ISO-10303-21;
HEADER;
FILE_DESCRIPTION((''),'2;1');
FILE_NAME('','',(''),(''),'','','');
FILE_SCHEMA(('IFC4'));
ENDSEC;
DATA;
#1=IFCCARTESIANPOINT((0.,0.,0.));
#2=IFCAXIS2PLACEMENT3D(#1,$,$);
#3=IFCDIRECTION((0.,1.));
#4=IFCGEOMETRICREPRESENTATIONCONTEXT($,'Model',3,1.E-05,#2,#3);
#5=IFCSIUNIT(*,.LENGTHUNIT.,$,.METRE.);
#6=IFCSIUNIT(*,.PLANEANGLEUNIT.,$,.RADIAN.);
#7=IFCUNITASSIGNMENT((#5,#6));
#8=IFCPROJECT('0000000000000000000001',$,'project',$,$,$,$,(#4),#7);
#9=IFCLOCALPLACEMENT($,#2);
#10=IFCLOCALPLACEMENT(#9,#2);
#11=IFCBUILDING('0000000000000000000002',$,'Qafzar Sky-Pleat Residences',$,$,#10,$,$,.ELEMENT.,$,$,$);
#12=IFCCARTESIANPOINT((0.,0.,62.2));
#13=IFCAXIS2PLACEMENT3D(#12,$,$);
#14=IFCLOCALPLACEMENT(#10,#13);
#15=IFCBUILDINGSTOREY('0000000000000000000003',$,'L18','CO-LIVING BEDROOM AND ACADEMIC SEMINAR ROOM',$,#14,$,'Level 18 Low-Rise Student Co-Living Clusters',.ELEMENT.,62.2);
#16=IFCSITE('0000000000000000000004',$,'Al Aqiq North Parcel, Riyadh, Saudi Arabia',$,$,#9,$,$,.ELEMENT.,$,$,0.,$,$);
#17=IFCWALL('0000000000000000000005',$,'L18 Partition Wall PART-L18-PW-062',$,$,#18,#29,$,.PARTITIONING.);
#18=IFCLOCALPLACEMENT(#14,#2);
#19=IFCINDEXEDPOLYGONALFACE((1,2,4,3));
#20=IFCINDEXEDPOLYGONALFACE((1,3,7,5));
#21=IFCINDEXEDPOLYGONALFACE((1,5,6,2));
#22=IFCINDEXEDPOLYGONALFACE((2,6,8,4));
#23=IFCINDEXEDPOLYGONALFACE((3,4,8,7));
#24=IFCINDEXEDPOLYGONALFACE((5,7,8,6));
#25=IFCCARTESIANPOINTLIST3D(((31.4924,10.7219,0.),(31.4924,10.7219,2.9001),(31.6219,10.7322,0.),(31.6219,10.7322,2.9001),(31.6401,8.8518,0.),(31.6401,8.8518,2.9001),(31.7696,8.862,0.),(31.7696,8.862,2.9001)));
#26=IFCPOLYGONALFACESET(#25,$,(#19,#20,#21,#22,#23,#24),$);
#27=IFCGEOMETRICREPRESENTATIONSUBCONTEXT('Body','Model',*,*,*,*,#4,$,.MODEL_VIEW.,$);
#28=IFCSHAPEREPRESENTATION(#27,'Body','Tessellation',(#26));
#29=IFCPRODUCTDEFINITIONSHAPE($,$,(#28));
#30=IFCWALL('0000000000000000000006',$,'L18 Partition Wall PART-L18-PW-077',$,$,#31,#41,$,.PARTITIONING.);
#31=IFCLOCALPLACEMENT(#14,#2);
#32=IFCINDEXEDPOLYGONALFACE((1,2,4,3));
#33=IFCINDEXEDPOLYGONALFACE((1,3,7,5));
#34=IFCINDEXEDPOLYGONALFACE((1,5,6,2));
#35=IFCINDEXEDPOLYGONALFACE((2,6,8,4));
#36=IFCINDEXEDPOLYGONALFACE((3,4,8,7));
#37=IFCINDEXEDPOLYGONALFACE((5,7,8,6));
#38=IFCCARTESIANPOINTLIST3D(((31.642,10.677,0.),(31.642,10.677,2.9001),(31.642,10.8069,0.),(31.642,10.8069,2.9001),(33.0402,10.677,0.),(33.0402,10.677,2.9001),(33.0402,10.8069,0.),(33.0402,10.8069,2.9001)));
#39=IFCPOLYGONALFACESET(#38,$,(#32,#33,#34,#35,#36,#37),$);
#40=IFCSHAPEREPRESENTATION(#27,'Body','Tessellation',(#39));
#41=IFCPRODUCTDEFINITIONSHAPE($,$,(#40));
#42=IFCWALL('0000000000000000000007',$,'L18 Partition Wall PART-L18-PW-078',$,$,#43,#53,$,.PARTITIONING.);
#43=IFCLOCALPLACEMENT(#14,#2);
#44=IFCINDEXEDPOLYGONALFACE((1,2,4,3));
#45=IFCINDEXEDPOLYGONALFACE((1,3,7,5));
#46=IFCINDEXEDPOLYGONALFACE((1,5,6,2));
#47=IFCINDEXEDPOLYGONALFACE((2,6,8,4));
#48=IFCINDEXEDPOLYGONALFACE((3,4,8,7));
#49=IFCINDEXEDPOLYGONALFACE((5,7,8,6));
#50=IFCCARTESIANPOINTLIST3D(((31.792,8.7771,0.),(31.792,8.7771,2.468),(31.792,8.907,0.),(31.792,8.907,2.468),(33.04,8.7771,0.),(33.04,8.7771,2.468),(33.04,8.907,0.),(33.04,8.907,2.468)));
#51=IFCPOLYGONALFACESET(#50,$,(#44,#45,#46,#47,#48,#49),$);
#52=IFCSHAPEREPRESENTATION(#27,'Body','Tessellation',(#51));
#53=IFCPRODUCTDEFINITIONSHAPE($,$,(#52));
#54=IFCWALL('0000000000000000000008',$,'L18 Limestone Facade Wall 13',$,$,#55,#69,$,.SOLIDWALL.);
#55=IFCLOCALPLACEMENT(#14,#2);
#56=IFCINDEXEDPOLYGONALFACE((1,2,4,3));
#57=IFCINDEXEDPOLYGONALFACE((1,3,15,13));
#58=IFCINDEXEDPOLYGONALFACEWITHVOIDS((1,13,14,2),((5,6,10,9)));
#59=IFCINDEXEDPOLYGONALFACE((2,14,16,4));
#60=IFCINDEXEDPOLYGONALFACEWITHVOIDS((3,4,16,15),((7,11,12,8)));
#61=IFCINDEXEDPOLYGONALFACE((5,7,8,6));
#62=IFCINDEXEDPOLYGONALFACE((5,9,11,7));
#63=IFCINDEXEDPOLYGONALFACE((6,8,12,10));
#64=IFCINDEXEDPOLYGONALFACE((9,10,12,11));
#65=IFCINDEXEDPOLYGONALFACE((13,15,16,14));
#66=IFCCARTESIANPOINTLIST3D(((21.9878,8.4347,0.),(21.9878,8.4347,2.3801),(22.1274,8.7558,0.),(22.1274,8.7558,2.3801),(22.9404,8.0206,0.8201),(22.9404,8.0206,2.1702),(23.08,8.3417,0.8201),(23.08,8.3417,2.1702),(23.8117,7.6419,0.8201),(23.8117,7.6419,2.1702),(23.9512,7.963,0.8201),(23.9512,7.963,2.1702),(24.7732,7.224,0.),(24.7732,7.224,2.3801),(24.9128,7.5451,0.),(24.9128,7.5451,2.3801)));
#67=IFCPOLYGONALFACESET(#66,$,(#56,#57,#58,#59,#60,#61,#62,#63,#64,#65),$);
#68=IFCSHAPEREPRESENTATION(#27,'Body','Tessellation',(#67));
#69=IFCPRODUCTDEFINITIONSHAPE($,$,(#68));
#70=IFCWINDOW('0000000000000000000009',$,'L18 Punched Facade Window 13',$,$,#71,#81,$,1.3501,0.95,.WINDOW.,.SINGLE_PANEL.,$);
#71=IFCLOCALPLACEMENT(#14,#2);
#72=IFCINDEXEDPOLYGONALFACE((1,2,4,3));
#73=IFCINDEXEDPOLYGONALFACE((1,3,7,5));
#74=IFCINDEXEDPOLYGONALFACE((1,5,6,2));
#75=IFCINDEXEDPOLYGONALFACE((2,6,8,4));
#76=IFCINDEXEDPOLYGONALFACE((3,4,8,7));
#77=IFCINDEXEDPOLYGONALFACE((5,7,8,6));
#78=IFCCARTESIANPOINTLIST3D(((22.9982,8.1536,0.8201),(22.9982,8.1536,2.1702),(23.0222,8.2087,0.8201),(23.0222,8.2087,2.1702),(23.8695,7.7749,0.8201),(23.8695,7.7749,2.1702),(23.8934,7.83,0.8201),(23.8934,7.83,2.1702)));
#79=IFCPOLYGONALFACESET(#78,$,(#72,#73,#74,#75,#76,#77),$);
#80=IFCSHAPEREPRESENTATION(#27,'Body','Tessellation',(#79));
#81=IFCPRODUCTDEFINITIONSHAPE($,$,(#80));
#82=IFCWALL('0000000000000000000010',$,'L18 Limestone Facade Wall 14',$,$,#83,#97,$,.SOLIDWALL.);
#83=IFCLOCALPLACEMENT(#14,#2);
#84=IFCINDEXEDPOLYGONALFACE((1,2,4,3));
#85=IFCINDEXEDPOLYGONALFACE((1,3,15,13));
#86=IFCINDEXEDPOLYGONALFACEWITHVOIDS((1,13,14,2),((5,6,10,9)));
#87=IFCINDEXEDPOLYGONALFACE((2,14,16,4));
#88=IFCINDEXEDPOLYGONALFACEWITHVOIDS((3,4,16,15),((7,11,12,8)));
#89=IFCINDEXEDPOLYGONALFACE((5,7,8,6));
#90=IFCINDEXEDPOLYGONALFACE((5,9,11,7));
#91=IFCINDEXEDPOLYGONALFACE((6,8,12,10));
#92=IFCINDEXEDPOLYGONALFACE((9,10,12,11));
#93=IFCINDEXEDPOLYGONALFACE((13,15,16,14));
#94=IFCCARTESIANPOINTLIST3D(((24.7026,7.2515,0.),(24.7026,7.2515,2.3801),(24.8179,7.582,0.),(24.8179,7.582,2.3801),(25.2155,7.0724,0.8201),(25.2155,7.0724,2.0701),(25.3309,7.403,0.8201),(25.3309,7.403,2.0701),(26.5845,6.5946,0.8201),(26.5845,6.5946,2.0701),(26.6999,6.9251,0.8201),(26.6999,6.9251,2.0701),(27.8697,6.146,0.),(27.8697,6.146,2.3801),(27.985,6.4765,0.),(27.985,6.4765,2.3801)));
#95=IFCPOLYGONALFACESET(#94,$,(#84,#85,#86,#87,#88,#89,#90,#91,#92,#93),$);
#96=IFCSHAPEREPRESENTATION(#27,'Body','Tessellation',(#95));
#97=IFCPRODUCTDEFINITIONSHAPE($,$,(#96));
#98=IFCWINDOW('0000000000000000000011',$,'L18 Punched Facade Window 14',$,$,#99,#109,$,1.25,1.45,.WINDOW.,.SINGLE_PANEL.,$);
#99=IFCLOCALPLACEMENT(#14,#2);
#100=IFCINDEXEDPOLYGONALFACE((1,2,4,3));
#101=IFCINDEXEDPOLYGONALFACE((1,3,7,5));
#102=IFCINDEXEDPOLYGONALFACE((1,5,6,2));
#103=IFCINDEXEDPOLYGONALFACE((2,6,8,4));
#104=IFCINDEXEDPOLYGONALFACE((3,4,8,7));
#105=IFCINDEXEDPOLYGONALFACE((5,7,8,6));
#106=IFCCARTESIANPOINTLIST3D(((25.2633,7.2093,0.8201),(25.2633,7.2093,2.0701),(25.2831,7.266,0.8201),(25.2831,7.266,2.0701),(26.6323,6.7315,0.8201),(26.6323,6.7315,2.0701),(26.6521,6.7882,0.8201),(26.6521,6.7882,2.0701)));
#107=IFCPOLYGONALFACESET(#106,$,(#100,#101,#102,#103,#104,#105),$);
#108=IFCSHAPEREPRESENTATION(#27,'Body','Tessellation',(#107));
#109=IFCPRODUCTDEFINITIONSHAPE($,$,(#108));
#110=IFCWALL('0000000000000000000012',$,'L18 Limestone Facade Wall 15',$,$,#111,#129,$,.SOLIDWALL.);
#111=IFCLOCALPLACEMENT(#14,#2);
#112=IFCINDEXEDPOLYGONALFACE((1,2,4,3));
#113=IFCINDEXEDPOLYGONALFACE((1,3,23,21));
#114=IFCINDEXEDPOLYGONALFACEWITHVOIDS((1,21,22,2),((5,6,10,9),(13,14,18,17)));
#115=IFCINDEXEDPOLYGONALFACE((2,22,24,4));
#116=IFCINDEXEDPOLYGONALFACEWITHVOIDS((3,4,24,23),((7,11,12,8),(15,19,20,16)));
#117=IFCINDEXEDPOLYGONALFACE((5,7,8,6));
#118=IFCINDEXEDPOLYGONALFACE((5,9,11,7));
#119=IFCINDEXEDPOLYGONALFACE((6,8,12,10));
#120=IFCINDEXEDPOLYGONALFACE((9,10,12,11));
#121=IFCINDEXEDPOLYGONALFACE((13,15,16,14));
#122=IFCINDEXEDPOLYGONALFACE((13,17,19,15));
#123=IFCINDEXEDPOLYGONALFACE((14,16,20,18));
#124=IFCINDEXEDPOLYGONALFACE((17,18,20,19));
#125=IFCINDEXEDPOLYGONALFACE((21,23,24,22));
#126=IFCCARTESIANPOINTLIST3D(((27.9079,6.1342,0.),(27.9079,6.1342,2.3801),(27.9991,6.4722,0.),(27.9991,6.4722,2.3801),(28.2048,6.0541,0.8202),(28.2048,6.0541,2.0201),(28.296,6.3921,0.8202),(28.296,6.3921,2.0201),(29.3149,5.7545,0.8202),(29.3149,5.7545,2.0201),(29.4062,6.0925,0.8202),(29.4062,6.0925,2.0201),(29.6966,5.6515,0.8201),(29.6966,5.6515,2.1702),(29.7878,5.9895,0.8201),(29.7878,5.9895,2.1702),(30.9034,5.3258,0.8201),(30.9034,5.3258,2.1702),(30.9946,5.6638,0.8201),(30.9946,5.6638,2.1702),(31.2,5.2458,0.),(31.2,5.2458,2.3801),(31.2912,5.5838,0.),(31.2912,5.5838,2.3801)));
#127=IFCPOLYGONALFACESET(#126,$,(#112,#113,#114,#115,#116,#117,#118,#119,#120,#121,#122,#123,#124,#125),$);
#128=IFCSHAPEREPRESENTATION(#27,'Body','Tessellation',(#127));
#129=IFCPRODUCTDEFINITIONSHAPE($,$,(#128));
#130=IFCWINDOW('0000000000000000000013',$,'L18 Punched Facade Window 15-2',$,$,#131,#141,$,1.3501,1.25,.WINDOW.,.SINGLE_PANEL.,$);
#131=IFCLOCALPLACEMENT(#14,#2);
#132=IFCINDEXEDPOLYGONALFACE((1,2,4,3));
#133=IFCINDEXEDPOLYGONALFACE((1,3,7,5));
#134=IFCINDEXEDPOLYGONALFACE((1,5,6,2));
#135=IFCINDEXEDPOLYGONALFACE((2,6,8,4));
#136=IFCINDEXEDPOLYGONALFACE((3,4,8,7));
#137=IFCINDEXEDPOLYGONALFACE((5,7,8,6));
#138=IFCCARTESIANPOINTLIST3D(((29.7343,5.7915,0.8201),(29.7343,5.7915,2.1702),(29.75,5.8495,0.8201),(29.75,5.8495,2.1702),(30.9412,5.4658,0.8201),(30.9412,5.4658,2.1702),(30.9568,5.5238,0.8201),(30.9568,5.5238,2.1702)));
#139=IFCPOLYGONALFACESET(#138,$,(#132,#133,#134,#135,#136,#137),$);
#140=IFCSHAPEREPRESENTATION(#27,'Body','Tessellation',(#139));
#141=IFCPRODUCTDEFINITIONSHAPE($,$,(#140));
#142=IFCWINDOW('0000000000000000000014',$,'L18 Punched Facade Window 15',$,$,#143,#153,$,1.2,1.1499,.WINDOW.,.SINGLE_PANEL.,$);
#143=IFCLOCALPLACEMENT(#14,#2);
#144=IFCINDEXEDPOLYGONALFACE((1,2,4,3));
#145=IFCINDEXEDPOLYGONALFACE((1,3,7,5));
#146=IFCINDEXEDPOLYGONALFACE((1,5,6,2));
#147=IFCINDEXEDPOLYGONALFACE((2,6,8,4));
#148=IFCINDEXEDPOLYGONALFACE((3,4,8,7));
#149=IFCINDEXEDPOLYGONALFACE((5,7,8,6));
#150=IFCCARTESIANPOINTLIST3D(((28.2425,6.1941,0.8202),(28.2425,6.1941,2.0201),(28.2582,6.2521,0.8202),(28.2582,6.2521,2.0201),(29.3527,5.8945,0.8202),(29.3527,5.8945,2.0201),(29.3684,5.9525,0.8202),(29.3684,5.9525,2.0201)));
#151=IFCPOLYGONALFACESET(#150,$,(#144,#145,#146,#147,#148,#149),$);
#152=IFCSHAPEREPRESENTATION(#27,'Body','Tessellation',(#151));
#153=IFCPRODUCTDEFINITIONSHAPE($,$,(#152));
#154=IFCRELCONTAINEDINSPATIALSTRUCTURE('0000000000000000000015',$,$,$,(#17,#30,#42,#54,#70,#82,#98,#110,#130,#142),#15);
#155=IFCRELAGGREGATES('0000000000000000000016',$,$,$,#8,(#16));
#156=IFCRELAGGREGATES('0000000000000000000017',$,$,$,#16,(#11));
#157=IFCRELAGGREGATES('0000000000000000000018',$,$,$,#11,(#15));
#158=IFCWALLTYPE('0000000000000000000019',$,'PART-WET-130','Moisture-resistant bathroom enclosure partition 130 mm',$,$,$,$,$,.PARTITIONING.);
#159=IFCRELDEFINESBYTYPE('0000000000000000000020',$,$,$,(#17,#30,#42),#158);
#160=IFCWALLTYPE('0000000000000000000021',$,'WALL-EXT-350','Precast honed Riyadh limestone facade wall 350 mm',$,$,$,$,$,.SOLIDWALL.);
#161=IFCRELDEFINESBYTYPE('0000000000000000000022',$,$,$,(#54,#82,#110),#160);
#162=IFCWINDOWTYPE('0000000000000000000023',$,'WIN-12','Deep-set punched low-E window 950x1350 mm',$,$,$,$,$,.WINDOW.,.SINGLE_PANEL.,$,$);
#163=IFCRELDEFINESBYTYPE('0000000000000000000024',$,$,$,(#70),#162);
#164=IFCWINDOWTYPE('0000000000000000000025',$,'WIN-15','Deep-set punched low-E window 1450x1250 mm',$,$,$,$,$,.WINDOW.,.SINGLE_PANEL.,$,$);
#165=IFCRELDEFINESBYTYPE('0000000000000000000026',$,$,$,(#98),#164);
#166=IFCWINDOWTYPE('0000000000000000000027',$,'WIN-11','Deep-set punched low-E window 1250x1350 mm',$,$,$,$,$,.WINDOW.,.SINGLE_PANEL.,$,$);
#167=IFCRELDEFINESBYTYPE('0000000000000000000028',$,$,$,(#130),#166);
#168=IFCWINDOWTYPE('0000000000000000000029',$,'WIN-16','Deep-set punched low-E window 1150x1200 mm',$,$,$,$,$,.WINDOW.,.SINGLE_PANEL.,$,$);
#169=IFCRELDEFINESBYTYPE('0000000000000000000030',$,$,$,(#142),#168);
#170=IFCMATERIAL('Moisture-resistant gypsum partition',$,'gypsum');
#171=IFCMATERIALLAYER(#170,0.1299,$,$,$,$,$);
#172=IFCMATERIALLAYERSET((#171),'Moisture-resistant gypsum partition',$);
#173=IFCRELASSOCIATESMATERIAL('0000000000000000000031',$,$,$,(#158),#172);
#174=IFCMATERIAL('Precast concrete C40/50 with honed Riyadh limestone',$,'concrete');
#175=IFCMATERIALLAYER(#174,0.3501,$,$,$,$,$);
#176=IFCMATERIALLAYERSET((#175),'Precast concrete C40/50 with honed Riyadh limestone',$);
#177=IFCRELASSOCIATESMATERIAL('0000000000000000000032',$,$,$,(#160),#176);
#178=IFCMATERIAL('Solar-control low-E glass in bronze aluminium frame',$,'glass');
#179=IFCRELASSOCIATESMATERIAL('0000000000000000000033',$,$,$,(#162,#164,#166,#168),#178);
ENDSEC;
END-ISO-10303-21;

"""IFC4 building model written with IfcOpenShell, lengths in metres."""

from ifc_helpers import new_model, si_unit, direction, frame, frame_2d, origin, place, context, subcontext, project, spatial, rectangle, extrude, source, transform, mapped, material, layer, layer_set, type_object, element, fill, save


model = new_model("IFC4")

# Units and contexts
model_context = context("Model", 3, precision=1e-05, world=origin(), true_north=direction((0.0, 1.0)))
body_context = subcontext(model_context, "Body", "Model", "MODEL_VIEW")
ifc_project = project(units=[si_unit("LENGTHUNIT", "METRE"), si_unit("PLANEANGLEUNIT", "RADIAN")], contexts=[model_context])

# Site, building, storey
site_placement = place(None, origin())
site = spatial("IfcSite", under=ifc_project, at=site_placement, Name="Al Aqiq North Parcel, Riyadh, Saudi Arabia", CompositionType="ELEMENT", RefElevation=0.0)
building_placement = place(site_placement, origin())
building = spatial("IfcBuilding", under=site, at=building_placement, Name="Qafzar Sky-Pleat Residences", CompositionType="ELEMENT")
storey_placement = place(building_placement, frame((0.0, 0.0, 62.2)))
storey = spatial("IfcBuildingStorey", under=building, at=storey_placement, Name="L18", Description="CO-LIVING BEDROOM AND ACADEMIC SEMINAR ROOM", LongName="Level 18 Low-Rise Student Co-Living Clusters", CompositionType="ELEMENT", Elevation=62.2)

# Walls
ifc_material_1 = material(Name="Moisture-resistant gypsum partition", Category="gypsum")
ifc_layer_1 = layer(ifc_material_1, 0.1299)
ifc_layer_set_1 = layer_set([ifc_layer_1], Name="Moisture-resistant gypsum partition")
wall_type_1 = type_object("IfcWallType", Name="PART-WET-130", Description="Moisture-resistant bathroom enclosure partition 130 mm", PredefinedType="PARTITIONING", material=ifc_layer_set_1)
wall_1_placement = place(storey_placement, frame((31.5571, 10.7271, 0.0), z_axis=(0.0, 0.0, 1.0), x_axis=(0.078737, -0.996895, 0.0)))
element("IfcWall", 1, at=wall_1_placement, inside=storey, type_object=wall_type_1, Name="L18 Partition Wall PART-L18-PW-062", PredefinedType="PARTITIONING", context=body_context, shape_type="SweptSolid", body=[
    extrude(rectangle(XDim=1.876, YDim=0.1299, at=frame_2d((0.938, 0.0))), origin(), (0.0, 0.0, 1.0), 2.9001),
])
wall_2_placement = place(storey_placement, frame((31.6418, 10.7419, 0.0), z_axis=(0.0, 0.0, 1.0), x_axis=(1.0, 0.0, 0.0)))
element("IfcWall", 2, at=wall_2_placement, inside=storey, type_object=wall_type_1, Name="L18 Partition Wall PART-L18-PW-077", PredefinedType="PARTITIONING", context=body_context, shape_type="SweptSolid", body=[
    extrude(rectangle(XDim=1.3982, YDim=0.1299, at=frame_2d((0.6992, 0.0))), origin(), (0.0, 0.0, 1.0), 2.9001),
])
wall_3_placement = place(storey_placement, frame((31.792, 8.842, 0.0), z_axis=(0.0, 0.0, 1.0), x_axis=(1.0, 0.0, 0.0)))
element("IfcWall", 3, at=wall_3_placement, inside=storey, type_object=wall_type_1, Name="L18 Partition Wall PART-L18-PW-078", PredefinedType="PARTITIONING", context=body_context, shape_type="SweptSolid", body=[
    extrude(rectangle(XDim=1.248, YDim=0.1299, at=frame_2d((0.624, 0.0))), origin(), (0.0, 0.0, 1.0), 2.468),
])

# Walls, openings, windows
ifc_material_2 = material(Name="Precast concrete C40/50 with honed Riyadh limestone", Category="concrete")
ifc_layer_2 = layer(ifc_material_2, 0.3501)
ifc_layer_set_2 = layer_set([ifc_layer_2], Name="Precast concrete C40/50 with honed Riyadh limestone")
wall_type_2 = type_object("IfcWallType", Name="WALL-EXT-350", Description="Precast honed Riyadh limestone facade wall 350 mm", PredefinedType="SOLIDWALL", material=ifc_layer_set_2)
wall_4_placement = place(storey_placement, frame((22.0576, 8.5952, 0.0), z_axis=(0.0, 0.0, 1.0), x_axis=(0.917112, -0.398629, 0.0)))
wall_4 = element("IfcWall", 4, at=wall_4_placement, inside=storey, type_object=wall_type_2, Name="L18 Limestone Facade Wall 13", PredefinedType="SOLIDWALL", context=body_context, shape_type="SweptSolid", body=[
    extrude(rectangle(XDim=3.0371, YDim=0.3501, at=frame_2d((1.5186, 0.0))), origin(), (0.0, 0.0, 1.0), 2.3801),
])
opening_1_placement = place(wall_4_placement, frame((1.0386, 0.0, 0.8201)))
opening_1 = element("IfcOpeningElement", 5, at=opening_1_placement, cuts=wall_4, PredefinedType="OPENING", context=body_context, shape_type="SweptSolid", body=[
    extrude(rectangle(XDim=0.95, YDim=1.3501, at=frame_2d((0.4751, 0.675))), frame((0.0, 0.1851, 0.0), z_axis=(0.0, -1.0, 0.0), x_axis=(1.0, 0.0, 0.0)), (0.0, 0.0, 1.0), 0.3701),
])
ifc_material_3 = material(Name="Solar-control low-E glass in bronze aluminium frame", Category="glass")
window_type_1 = type_object("IfcWindowType", Name="WIN-12", Description="Deep-set punched low-E window 950x1350 mm", PartitioningType="SINGLE_PANEL", PredefinedType="WINDOW", material=ifc_material_3)
shared_shape_1 = source(origin(), body_context, "Body", "SweptSolid", [
    extrude(rectangle(XDim=0.95, YDim=1.3501, at=frame_2d((0.4751, 0.675))), frame((0.0, 0.03, 0.0), z_axis=(0.0, -1.0, 0.0), x_axis=(1.0, 0.0, 0.0)), (0.0, 0.0, 1.0), 0.0601),
])
window_1_placement = place(opening_1_placement, origin())
window_1 = element("IfcWindow", 6, at=window_1_placement, inside=storey, type_object=window_type_1, Name="L18 Punched Facade Window 13", OverallHeight=1.3501, OverallWidth=0.95, PartitioningType="SINGLE_PANEL", PredefinedType="WINDOW", context=body_context, shape_type="MappedRepresentation", body=[
    mapped(shared_shape_1, transform((0.0, 0.0, 0.0), x_axis=(1.0, 0.0, 0.0), y_axis=(0.0, 1.0, 0.0), z_axis=(0.0, 0.0, 1.0), scale=1.0)),
])
fill(opening_1, window_1)
wall_5_placement = place(storey_placement, frame((24.7603, 7.4167, 0.0), z_axis=(0.0, 0.0, 1.0), x_axis=(0.944135, -0.329559, 0.0)))
wall_5 = element("IfcWall", 7, at=wall_5_placement, inside=storey, type_object=wall_type_2, Name="L18 Limestone Facade Wall 14", PredefinedType="SOLIDWALL", context=body_context, shape_type="SweptSolid", body=[
    extrude(rectangle(XDim=3.3545, YDim=0.3501, at=frame_2d((1.6772, 0.0))), origin(), (0.0, 0.0, 1.0), 2.3801),
])
opening_2_placement = place(wall_5_placement, frame((0.5432, 0.0, 0.8201)))
opening_2 = element("IfcOpeningElement", 8, at=opening_2_placement, cuts=wall_5, PredefinedType="OPENING", context=body_context, shape_type="SweptSolid", body=[
    extrude(rectangle(XDim=1.45, YDim=1.25, at=frame_2d((0.7251, 0.625))), frame((0.0, 0.1851, 0.0), z_axis=(0.0, -1.0, 0.0), x_axis=(1.0, 0.0, 0.0)), (0.0, 0.0, 1.0), 0.3701),
])
window_type_2 = type_object("IfcWindowType", Name="WIN-15", Description="Deep-set punched low-E window 1450x1250 mm", PartitioningType="SINGLE_PANEL", PredefinedType="WINDOW", material=ifc_material_3)
shared_shape_2 = source(origin(), body_context, "Body", "SweptSolid", [
    extrude(rectangle(XDim=1.45, YDim=1.25, at=frame_2d((0.7251, 0.625))), frame((0.0, 0.03, 0.0), z_axis=(0.0, -1.0, 0.0), x_axis=(1.0, 0.0, 0.0)), (0.0, 0.0, 1.0), 0.0601),
])
window_2_placement = place(opening_2_placement, origin())
window_2 = element("IfcWindow", 9, at=window_2_placement, inside=storey, type_object=window_type_2, Name="L18 Punched Facade Window 14", OverallHeight=1.25, OverallWidth=1.45, PartitioningType="SINGLE_PANEL", PredefinedType="WINDOW", context=body_context, shape_type="MappedRepresentation", body=[
    mapped(shared_shape_2, transform((0.0, 0.0, 0.0), x_axis=(1.0, 0.0, 0.0), y_axis=(0.0, 1.0, 0.0), z_axis=(0.0, 0.0, 1.0), scale=1.0)),
])
fill(opening_2, window_2)

# Wall, openings, windows
wall_6_placement = place(storey_placement, frame((27.9534, 6.3032, 0.0), z_axis=(0.0, 0.0, 1.0), x_axis=(0.965464, -0.260536, 0.0)))
wall_6 = element("IfcWall", 10, at=wall_6_placement, inside=storey, type_object=wall_type_2, Name="L18 Limestone Facade Wall 15", PredefinedType="SOLIDWALL", context=body_context, shape_type="SweptSolid", body=[
    extrude(rectangle(XDim=3.4099, YDim=0.3501, at=frame_2d((1.7051, 0.0))), origin(), (0.0, 0.0, 1.0), 2.3801),
])
opening_3_placement = place(wall_6_placement, frame((0.3076, 0.0, 0.8201)))
opening_3 = element("IfcOpeningElement", 11, at=opening_3_placement, cuts=wall_6, PredefinedType="OPENING", context=body_context, shape_type="SweptSolid", body=[
    extrude(rectangle(XDim=1.1499, YDim=1.2, at=frame_2d((0.575, 0.6001))), frame((0.0, 0.1851, 0.0), z_axis=(0.0, -1.0, 0.0), x_axis=(1.0, 0.0, 0.0)), (0.0, 0.0, 1.0), 0.3701),
])
opening_4_placement = place(wall_6_placement, frame((1.8528, 0.0, 0.8201)))
opening_4 = element("IfcOpeningElement", 12, at=opening_4_placement, cuts=wall_6, PredefinedType="OPENING", context=body_context, shape_type="SweptSolid", body=[
    extrude(rectangle(XDim=1.25, YDim=1.3501, at=frame_2d((0.625, 0.675))), frame((0.0, 0.1851, 0.0), z_axis=(0.0, -1.0, 0.0), x_axis=(1.0, 0.0, 0.0)), (0.0, 0.0, 1.0), 0.3701),
])
window_type_3 = type_object("IfcWindowType", Name="WIN-11", Description="Deep-set punched low-E window 1250x1350 mm", PartitioningType="SINGLE_PANEL", PredefinedType="WINDOW", material=ifc_material_3)
shared_shape_3 = source(origin(), body_context, "Body", "SweptSolid", [
    extrude(rectangle(XDim=1.25, YDim=1.3501, at=frame_2d((0.625, 0.675))), frame((0.0, 0.03, 0.0), z_axis=(0.0, -1.0, 0.0), x_axis=(1.0, 0.0, 0.0)), (0.0, 0.0, 1.0), 0.0601),
])
window_3_placement = place(opening_4_placement, origin())
window_3 = element("IfcWindow", 13, at=window_3_placement, inside=storey, type_object=window_type_3, Name="L18 Punched Facade Window 15-2", OverallHeight=1.3501, OverallWidth=1.25, PartitioningType="SINGLE_PANEL", PredefinedType="WINDOW", context=body_context, shape_type="MappedRepresentation", body=[
    mapped(shared_shape_3, transform((0.0, 0.0, 0.0), x_axis=(1.0, 0.0, 0.0), y_axis=(0.0, 1.0, 0.0), z_axis=(0.0, 0.0, 1.0), scale=1.0)),
])
fill(opening_4, window_3)
window_type_4 = type_object("IfcWindowType", Name="WIN-16", Description="Deep-set punched low-E window 1150x1200 mm", PartitioningType="SINGLE_PANEL", PredefinedType="WINDOW", material=ifc_material_3)
shared_shape_4 = source(origin(), body_context, "Body", "SweptSolid", [
    extrude(rectangle(XDim=1.1499, YDim=1.2, at=frame_2d((0.575, 0.6001))), frame((0.0, 0.03, 0.0), z_axis=(0.0, -1.0, 0.0), x_axis=(1.0, 0.0, 0.0)), (0.0, 0.0, 1.0), 0.0601),
])
window_4_placement = place(opening_3_placement, origin())
window_4 = element("IfcWindow", 14, at=window_4_placement, inside=storey, type_object=window_type_4, Name="L18 Punched Facade Window 15", OverallHeight=1.2, OverallWidth=1.1499, PartitioningType="SINGLE_PANEL", PredefinedType="WINDOW", context=body_context, shape_type="MappedRepresentation", body=[
    mapped(shared_shape_4, transform((0.0, 0.0, 0.0), x_axis=(1.0, 0.0, 0.0), y_axis=(0.0, 1.0, 0.0), z_axis=(0.0, 0.0, 1.0), scale=1.0)),
])
fill(opening_3, window_4)

save(model, "model.ifc")
